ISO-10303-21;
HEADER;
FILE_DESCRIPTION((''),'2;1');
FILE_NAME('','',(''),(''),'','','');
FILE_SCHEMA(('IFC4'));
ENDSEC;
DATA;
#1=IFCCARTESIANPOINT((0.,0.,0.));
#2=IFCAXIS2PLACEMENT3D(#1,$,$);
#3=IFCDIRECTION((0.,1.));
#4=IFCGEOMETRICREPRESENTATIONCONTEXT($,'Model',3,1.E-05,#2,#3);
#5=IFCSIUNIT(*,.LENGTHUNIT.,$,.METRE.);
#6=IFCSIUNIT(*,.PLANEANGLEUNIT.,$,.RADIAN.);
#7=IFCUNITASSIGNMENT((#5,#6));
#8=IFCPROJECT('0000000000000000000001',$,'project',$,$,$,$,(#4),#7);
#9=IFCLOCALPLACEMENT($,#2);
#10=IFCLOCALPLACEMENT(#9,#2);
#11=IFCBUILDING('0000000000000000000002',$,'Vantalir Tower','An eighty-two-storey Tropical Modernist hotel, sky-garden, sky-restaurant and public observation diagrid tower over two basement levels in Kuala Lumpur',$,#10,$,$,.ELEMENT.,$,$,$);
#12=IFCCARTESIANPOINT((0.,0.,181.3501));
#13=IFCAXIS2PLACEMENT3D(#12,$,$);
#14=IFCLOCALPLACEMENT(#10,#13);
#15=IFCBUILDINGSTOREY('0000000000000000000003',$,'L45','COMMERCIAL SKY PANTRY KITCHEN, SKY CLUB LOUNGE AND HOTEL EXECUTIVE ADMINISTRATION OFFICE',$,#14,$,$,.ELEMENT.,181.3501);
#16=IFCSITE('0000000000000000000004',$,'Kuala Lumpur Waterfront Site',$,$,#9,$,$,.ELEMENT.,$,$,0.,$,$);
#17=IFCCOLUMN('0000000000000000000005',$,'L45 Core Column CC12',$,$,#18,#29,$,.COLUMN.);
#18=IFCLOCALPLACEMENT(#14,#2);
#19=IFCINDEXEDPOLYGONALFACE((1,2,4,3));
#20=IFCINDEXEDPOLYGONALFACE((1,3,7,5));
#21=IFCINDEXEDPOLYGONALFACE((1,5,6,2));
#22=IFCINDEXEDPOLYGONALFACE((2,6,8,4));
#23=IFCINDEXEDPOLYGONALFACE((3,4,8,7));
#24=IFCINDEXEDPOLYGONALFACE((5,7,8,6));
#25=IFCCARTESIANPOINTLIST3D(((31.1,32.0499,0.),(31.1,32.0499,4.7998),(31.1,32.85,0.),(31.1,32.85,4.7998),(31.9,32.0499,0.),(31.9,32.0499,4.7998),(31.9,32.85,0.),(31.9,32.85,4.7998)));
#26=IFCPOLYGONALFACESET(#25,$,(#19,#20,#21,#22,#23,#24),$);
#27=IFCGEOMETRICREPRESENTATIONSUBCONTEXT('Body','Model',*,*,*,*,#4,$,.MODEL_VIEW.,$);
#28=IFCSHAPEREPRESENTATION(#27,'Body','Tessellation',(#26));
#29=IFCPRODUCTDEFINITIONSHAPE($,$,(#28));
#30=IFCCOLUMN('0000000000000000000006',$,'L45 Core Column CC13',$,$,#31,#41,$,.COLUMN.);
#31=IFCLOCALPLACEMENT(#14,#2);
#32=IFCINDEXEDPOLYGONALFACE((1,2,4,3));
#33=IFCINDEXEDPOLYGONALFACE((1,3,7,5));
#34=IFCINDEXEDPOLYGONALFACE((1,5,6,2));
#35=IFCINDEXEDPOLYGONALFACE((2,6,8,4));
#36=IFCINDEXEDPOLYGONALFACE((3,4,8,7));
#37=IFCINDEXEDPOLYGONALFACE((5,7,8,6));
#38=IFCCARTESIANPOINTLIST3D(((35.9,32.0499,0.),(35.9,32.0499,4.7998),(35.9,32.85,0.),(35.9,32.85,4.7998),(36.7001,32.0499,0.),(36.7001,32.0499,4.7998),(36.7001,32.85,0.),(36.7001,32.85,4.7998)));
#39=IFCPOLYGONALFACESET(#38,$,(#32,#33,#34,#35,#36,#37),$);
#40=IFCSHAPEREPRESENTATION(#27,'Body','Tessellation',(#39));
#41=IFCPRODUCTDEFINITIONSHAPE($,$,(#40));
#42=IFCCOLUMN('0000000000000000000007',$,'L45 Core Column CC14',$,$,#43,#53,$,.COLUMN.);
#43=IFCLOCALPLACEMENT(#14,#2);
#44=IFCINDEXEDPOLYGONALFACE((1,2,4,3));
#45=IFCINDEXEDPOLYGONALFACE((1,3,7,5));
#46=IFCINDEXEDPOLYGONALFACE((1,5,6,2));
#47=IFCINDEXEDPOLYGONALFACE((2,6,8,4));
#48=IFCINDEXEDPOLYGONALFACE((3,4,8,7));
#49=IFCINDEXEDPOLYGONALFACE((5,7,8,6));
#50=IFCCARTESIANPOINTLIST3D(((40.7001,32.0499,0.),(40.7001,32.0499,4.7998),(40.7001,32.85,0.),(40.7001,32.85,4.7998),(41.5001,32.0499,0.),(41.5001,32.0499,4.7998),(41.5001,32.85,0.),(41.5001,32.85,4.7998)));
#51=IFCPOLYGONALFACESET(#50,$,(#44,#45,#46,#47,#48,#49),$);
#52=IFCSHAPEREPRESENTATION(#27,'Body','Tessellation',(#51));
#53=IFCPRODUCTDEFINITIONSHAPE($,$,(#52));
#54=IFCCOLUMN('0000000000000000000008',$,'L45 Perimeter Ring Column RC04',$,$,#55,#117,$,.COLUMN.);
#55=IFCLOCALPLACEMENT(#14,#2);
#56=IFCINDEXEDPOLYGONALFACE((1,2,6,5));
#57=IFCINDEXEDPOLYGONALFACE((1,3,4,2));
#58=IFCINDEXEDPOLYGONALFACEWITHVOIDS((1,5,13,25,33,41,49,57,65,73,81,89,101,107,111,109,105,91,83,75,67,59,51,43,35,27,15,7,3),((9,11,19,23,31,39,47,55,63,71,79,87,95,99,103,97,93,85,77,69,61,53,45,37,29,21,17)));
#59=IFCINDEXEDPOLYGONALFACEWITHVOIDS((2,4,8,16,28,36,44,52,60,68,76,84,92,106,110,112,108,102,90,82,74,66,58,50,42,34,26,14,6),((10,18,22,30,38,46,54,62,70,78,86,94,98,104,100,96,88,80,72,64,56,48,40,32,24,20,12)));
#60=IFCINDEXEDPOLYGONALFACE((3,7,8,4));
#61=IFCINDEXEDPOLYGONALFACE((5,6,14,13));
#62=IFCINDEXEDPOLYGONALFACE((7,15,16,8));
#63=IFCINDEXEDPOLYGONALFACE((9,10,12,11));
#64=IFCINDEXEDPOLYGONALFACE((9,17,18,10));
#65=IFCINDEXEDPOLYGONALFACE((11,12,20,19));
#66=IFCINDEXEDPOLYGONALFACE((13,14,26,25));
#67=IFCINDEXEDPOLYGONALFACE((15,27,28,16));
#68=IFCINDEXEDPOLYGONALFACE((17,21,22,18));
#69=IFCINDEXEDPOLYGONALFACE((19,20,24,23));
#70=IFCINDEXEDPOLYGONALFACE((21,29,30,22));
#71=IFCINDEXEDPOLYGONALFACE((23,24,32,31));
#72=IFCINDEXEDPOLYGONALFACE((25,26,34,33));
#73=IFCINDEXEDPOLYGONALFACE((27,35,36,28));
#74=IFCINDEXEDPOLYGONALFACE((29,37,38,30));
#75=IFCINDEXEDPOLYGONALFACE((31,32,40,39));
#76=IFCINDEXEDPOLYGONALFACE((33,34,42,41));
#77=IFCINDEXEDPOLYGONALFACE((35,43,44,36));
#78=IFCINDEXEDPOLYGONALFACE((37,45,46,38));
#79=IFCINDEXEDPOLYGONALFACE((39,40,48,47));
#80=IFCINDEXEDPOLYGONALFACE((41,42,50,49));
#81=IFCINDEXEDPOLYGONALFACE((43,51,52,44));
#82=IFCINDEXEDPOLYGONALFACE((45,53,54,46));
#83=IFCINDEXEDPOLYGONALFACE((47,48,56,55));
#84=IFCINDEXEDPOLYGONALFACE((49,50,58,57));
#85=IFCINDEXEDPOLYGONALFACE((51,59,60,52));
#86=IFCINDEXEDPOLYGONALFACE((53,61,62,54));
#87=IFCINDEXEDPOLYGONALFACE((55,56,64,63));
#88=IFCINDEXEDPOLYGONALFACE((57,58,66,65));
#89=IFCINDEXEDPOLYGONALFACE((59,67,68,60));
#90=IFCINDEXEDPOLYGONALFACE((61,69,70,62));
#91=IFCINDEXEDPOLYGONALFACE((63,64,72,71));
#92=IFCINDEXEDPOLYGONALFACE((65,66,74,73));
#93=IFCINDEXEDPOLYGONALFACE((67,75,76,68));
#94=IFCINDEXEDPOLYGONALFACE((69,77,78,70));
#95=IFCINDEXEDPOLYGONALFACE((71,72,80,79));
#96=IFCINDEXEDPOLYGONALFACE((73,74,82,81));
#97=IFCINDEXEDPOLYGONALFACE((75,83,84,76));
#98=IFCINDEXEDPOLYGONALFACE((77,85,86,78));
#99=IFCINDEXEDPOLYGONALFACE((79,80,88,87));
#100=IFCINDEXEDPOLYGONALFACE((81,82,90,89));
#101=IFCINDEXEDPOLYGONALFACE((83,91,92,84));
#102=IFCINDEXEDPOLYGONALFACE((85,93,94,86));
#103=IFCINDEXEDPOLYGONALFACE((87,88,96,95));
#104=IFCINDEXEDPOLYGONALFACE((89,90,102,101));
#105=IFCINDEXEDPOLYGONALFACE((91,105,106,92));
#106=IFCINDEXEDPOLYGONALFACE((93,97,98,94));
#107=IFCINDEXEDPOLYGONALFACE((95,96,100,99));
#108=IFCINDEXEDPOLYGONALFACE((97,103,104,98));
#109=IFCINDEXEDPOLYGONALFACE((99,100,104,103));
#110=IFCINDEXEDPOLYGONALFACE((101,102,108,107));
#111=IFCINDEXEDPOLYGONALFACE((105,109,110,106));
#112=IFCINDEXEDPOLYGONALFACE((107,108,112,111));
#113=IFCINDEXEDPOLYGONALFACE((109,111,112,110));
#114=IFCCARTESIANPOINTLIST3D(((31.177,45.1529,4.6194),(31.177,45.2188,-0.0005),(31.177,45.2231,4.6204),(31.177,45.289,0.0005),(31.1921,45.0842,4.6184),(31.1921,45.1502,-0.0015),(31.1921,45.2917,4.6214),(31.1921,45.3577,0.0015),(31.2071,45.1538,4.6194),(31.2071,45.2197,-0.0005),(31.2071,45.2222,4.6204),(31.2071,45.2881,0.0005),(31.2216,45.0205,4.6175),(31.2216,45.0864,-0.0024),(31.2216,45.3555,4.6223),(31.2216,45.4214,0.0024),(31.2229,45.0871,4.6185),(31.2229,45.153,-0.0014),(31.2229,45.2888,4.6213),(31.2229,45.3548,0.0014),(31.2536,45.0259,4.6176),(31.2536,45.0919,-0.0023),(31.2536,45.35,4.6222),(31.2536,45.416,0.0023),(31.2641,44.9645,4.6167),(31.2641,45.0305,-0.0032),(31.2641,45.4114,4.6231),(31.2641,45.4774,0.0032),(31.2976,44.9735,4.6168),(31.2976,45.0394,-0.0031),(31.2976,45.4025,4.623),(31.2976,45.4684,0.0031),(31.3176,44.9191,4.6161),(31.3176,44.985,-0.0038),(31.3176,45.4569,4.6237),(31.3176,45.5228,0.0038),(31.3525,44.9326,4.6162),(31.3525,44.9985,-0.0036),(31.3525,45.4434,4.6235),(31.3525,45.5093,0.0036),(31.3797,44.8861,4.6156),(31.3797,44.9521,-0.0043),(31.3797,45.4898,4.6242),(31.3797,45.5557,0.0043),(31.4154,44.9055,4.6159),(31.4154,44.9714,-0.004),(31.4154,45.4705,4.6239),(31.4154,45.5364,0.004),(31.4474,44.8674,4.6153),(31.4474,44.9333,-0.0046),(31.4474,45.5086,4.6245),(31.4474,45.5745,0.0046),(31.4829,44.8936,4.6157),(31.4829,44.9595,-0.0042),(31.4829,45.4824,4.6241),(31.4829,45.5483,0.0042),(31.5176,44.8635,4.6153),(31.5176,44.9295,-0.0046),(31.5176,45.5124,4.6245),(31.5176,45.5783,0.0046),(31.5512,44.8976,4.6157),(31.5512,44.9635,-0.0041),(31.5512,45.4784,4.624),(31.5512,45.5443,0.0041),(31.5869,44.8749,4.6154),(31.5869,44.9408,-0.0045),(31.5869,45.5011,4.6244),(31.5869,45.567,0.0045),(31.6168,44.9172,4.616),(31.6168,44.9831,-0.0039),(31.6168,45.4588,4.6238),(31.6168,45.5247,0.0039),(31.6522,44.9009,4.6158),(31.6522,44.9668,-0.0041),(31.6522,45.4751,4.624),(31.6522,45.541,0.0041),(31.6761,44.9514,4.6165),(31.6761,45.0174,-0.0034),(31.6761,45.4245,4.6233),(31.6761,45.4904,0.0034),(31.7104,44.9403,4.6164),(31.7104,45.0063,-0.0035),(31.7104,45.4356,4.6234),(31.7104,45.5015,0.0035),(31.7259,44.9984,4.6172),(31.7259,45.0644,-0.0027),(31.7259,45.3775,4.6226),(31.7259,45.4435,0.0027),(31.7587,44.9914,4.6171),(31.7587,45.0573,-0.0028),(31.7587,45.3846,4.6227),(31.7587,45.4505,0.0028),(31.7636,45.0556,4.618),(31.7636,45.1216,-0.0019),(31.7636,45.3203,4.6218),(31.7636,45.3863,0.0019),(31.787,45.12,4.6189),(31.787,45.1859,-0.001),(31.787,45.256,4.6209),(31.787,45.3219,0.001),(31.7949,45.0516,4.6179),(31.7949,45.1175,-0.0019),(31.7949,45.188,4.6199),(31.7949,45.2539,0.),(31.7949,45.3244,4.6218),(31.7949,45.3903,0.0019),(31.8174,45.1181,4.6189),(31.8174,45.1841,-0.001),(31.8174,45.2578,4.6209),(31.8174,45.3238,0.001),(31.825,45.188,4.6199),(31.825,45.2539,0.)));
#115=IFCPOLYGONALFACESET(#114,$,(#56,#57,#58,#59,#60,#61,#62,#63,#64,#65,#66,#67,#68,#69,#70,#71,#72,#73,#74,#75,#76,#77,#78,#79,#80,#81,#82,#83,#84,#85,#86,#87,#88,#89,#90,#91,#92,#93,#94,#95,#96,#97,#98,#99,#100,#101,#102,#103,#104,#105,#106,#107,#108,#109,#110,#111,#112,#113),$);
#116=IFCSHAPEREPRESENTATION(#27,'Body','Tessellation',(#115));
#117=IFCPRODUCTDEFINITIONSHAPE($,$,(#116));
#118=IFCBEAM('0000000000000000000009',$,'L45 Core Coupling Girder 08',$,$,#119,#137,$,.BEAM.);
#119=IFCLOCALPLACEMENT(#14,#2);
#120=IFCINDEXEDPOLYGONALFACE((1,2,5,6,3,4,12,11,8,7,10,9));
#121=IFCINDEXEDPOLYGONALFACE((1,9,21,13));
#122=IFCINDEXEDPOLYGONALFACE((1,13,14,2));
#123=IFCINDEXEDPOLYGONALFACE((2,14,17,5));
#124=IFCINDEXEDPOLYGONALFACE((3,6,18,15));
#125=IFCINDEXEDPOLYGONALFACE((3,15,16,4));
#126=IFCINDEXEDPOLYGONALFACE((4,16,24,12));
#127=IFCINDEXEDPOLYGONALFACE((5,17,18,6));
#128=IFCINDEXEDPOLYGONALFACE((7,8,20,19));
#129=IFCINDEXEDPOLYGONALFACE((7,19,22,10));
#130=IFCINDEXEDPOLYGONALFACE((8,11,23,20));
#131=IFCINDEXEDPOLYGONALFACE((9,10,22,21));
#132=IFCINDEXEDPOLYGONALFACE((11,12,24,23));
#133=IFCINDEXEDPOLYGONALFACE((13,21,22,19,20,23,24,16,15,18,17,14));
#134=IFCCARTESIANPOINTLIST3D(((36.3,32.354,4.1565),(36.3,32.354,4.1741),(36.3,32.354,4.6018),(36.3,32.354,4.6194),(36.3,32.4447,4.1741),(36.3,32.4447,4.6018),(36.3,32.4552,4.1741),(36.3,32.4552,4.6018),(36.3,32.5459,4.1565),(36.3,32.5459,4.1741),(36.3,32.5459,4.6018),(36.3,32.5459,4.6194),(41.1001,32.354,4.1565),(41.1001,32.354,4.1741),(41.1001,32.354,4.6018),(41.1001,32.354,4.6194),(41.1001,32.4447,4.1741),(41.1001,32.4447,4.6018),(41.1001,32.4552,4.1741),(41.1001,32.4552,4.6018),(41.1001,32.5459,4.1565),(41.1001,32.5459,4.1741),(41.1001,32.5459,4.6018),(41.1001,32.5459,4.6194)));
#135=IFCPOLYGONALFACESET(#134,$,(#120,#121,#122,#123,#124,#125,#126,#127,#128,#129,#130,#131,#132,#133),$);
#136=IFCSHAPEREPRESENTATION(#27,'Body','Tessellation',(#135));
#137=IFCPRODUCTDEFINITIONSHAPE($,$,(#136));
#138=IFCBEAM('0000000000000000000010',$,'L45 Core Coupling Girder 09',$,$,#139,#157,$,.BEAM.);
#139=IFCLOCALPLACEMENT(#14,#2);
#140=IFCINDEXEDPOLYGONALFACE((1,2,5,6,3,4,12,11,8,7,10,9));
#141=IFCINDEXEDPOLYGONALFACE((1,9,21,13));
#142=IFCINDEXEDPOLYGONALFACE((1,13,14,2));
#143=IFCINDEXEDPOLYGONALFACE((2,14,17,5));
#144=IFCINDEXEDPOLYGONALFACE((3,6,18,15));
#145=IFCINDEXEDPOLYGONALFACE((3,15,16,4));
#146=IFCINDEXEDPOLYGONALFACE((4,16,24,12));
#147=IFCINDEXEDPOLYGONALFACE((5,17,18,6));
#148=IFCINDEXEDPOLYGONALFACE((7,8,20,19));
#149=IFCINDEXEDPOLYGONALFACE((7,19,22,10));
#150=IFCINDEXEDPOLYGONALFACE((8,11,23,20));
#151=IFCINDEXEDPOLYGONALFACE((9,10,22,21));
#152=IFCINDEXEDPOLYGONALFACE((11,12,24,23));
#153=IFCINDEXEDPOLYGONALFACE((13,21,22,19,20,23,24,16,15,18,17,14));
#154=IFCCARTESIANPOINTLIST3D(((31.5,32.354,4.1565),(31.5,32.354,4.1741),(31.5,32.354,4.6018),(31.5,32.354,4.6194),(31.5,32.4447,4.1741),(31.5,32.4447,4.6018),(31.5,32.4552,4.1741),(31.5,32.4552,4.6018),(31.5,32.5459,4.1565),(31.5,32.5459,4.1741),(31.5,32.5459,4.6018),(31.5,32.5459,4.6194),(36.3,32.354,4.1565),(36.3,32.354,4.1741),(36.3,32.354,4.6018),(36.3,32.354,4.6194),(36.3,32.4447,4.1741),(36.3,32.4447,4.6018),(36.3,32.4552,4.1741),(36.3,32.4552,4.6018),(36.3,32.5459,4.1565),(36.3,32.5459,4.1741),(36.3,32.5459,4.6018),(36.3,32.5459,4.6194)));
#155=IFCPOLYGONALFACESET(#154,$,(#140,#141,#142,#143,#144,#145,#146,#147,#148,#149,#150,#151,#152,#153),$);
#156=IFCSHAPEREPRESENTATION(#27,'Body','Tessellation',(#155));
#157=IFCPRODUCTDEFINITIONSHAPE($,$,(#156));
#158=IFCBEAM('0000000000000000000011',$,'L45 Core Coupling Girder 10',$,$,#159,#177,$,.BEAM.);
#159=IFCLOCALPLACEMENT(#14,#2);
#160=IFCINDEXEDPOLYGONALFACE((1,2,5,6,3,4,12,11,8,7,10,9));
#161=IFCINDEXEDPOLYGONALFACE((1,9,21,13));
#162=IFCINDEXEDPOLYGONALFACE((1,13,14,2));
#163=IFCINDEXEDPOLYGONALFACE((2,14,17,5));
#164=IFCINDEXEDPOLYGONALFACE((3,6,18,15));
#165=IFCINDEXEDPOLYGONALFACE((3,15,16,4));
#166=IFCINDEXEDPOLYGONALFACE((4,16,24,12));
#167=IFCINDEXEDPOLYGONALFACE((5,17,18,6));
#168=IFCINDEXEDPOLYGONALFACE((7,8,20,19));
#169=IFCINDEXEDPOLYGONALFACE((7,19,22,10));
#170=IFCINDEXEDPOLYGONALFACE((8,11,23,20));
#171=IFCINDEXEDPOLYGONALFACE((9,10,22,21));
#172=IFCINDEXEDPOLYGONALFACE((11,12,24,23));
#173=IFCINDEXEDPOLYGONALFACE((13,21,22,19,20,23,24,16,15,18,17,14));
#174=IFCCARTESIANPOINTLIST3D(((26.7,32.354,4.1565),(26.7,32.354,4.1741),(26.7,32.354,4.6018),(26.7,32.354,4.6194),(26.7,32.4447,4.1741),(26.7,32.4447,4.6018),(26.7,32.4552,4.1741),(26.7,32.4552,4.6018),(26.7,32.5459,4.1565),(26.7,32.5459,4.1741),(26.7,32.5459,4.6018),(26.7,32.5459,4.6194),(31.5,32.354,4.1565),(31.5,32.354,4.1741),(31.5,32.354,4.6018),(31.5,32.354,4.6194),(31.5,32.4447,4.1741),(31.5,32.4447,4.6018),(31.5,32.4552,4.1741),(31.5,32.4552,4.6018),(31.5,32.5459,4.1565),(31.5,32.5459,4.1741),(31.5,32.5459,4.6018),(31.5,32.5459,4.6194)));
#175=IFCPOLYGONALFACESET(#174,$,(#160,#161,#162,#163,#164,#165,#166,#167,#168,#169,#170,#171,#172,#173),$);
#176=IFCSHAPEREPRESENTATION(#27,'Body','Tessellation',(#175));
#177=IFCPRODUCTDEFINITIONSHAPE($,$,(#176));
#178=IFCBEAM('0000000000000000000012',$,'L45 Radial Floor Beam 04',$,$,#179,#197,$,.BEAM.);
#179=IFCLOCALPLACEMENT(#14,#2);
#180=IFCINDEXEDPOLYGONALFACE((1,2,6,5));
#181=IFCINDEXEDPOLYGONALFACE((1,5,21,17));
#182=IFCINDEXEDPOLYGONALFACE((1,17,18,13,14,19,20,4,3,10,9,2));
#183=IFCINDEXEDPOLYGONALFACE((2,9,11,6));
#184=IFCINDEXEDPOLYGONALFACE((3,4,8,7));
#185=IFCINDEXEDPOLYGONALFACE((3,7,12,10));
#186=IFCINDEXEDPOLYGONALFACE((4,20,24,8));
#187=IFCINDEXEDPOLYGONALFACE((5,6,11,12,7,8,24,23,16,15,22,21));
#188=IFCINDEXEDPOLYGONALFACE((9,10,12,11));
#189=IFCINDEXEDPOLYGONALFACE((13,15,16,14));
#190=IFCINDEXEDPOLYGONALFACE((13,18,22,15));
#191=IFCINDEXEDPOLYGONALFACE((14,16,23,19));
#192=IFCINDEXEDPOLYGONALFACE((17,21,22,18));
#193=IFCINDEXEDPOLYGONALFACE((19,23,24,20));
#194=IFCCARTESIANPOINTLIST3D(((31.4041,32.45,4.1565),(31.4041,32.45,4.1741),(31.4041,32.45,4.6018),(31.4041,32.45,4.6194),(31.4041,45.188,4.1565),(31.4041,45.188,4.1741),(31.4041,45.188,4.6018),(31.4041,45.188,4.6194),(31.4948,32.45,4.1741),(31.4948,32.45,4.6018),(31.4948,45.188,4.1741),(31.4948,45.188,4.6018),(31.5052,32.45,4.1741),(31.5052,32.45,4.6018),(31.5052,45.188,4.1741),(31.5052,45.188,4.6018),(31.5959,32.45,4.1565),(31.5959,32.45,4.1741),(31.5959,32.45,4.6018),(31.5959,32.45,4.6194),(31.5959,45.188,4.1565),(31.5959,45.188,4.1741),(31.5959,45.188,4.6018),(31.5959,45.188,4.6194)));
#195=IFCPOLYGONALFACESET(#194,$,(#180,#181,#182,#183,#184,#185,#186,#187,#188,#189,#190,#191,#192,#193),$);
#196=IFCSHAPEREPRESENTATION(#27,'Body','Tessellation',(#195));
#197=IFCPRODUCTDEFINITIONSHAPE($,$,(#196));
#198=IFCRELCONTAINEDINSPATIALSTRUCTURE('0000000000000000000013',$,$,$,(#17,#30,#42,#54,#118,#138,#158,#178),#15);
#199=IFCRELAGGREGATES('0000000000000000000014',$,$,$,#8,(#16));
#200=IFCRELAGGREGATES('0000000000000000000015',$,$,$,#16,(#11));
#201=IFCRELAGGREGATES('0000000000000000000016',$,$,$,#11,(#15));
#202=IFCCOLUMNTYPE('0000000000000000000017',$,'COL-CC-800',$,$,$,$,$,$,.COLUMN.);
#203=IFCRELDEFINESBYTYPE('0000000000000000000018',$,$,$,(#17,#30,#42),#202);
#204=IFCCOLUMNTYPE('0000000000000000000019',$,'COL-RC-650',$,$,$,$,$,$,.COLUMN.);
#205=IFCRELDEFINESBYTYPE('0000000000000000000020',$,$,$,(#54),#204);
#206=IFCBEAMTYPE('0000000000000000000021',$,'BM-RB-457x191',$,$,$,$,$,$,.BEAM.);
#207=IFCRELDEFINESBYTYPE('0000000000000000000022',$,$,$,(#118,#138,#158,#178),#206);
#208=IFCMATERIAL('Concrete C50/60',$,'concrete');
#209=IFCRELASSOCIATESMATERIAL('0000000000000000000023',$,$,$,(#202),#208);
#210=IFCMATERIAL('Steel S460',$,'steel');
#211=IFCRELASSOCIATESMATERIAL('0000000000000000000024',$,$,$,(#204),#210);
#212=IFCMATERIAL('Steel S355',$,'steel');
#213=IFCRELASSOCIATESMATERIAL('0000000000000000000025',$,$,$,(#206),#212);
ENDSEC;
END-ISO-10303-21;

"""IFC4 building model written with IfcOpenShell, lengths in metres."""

from ifc_helpers import new_model, si_unit, direction, frame, origin, origin_2d, place, context, subcontext, project, spatial, rectangle, hollow_circle, i_section, extrude, material, material_profile, profile_set, type_object, element, save


model = new_model("IFC4")

# Units and contexts
model_context = context("Model", 3, precision=1e-05, world=origin(), true_north=direction((0.0, 1.0)))
body_context = subcontext(model_context, "Body", "Model", "MODEL_VIEW")
ifc_project = project(units=[si_unit("LENGTHUNIT", "METRE"), si_unit("PLANEANGLEUNIT", "RADIAN")], contexts=[model_context])

# Site, building, storey
site_placement = place(None, origin())
site = spatial("IfcSite", under=ifc_project, at=site_placement, Name="Kuala Lumpur Waterfront Site", CompositionType="ELEMENT", RefElevation=0.0)
building_placement = place(site_placement, origin())
building = spatial("IfcBuilding", under=site, at=building_placement, Name="Vantalir Tower", Description="An eighty-two-storey Tropical Modernist hotel, sky-garden, sky-restaurant and public observation diagrid tower over two basement levels in Kuala Lumpur", CompositionType="ELEMENT")
storey_placement = place(building_placement, frame((0.0, 0.0, 181.3501)))
storey = spatial("IfcBuildingStorey", under=building, at=storey_placement, Name="L45", Description="COMMERCIAL SKY PANTRY KITCHEN, SKY CLUB LOUNGE AND HOTEL EXECUTIVE ADMINISTRATION OFFICE", CompositionType="ELEMENT", Elevation=181.3501)

# Columns
ifc_material_1 = material(Name="Concrete C50/60", Category="concrete")
ifc_material_profile_1 = material_profile(ifc_material_1, rectangle(XDim=0.8, YDim=0.8, at=origin_2d()), Name="Concrete C50/60")
ifc_profile_set_1 = profile_set([ifc_material_profile_1], Name="Concrete C50/60")
column_type_1 = type_object("IfcColumnType", Name="COL-CC-800", PredefinedType="COLUMN", material=ifc_profile_set_1)
for number, where, z_axis, x_axis, name in (
    (1, (31.5, 32.45, 0.0), (0.0, 0.0, 1.0), (1.0, 0.0, 0.0), "L45 Core Column CC12"),
    (2, (36.3, 32.45, 0.0), (0.0, 0.0, 1.0), (1.0, 0.0, 0.0), "L45 Core Column CC13"),
    (3, (41.1001, 32.45, 0.0), (0.0, 0.0, 1.0), (1.0, 0.0, 0.0), "L45 Core Column CC14"),
):
    element("IfcColumn", number, at=place(storey_placement, frame(where, z_axis=z_axis, x_axis=x_axis)), inside=storey, type_object=column_type_1, Name=name, PredefinedType="COLUMN", context=body_context, shape_type="SweptSolid", body=[
        extrude(rectangle(XDim=0.8, YDim=0.8, at=origin_2d()), origin(), (0.0, 0.0, 1.0), 4.7998),
    ])
ifc_material_2 = material(Name="Steel S460", Category="steel")
ifc_material_profile_2 = material_profile(ifc_material_2, hollow_circle(Radius=0.325, WallThickness=0.03, at=origin_2d()), Name="Steel S460")
ifc_profile_set_2 = profile_set([ifc_material_profile_2], Name="Steel S460")
column_type_2 = type_object("IfcColumnType", Name="COL-RC-650", PredefinedType="COLUMN", material=ifc_profile_set_2)
column_placement = place(storey_placement, frame((31.5, 45.2539, 0.0), z_axis=(0.0, -0.014267, 0.999898), x_axis=(1.0, 0.0, 0.0)))
element("IfcColumn", 4, at=column_placement, inside=storey, type_object=column_type_2, Name="L45 Perimeter Ring Column RC04", PredefinedType="COLUMN", context=body_context, shape_type="SweptSolid", body=[
    extrude(hollow_circle(Radius=0.325, WallThickness=0.03, at=origin_2d()), origin(), (0.0, 0.0, 1.0), 4.6204),
])

# Beams
ifc_material_3 = material(Name="Steel S355", Category="steel")
ifc_material_profile_3 = material_profile(ifc_material_3, i_section(OverallWidth=0.1919, OverallDepth=0.4629, WebThickness=0.0105, FlangeThickness=0.0176, at=origin_2d()), Name="Steel S355")
ifc_profile_set_3 = profile_set([ifc_material_profile_3], Name="Steel S355")
beam_type_1 = type_object("IfcBeamType", Name="BM-RB-457x191", PredefinedType="BEAM", material=ifc_profile_set_3)
for number, where, z_axis, x_axis, name in (
    (5, (41.1001, 32.45, 4.3879), (-1.0, 0.0, 0.0), (0.0, -1.0, 0.0), "L45 Core Coupling Girder 08"),
    (6, (36.3, 32.45, 4.3879), (-1.0, 0.0, 0.0), (0.0, -1.0, 0.0), "L45 Core Coupling Girder 09"),
    (7, (31.5, 32.45, 4.3879), (-1.0, 0.0, 0.0), (0.0, -1.0, 0.0), "L45 Core Coupling Girder 10"),
):
    element("IfcBeam", number, at=place(storey_placement, frame(where, z_axis=z_axis, x_axis=x_axis)), inside=storey, type_object=beam_type_1, Name=name, PredefinedType="BEAM", context=body_context, shape_type="SweptSolid", body=[
        extrude(i_section(OverallWidth=0.1919, OverallDepth=0.4629, WebThickness=0.0105, FlangeThickness=0.0176, at=origin_2d()), origin(), (0.0, 0.0, 1.0), 4.8),
    ])
beam_1_placement = place(storey_placement, frame((31.5, 45.188, 4.3879), z_axis=(0.0, -1.0, 0.0), x_axis=(1.0, 0.0, 0.0)))
element("IfcBeam", 8, at=beam_1_placement, inside=storey, type_object=beam_type_1, Name="L45 Radial Floor Beam 04", PredefinedType="BEAM", context=body_context, shape_type="SweptSolid", body=[
    extrude(i_section(OverallWidth=0.1919, OverallDepth=0.4629, WebThickness=0.0105, FlangeThickness=0.0176, at=origin_2d()), origin(), (0.0, 0.0, 1.0), 12.738),
])

save(model, "model.ifc")
